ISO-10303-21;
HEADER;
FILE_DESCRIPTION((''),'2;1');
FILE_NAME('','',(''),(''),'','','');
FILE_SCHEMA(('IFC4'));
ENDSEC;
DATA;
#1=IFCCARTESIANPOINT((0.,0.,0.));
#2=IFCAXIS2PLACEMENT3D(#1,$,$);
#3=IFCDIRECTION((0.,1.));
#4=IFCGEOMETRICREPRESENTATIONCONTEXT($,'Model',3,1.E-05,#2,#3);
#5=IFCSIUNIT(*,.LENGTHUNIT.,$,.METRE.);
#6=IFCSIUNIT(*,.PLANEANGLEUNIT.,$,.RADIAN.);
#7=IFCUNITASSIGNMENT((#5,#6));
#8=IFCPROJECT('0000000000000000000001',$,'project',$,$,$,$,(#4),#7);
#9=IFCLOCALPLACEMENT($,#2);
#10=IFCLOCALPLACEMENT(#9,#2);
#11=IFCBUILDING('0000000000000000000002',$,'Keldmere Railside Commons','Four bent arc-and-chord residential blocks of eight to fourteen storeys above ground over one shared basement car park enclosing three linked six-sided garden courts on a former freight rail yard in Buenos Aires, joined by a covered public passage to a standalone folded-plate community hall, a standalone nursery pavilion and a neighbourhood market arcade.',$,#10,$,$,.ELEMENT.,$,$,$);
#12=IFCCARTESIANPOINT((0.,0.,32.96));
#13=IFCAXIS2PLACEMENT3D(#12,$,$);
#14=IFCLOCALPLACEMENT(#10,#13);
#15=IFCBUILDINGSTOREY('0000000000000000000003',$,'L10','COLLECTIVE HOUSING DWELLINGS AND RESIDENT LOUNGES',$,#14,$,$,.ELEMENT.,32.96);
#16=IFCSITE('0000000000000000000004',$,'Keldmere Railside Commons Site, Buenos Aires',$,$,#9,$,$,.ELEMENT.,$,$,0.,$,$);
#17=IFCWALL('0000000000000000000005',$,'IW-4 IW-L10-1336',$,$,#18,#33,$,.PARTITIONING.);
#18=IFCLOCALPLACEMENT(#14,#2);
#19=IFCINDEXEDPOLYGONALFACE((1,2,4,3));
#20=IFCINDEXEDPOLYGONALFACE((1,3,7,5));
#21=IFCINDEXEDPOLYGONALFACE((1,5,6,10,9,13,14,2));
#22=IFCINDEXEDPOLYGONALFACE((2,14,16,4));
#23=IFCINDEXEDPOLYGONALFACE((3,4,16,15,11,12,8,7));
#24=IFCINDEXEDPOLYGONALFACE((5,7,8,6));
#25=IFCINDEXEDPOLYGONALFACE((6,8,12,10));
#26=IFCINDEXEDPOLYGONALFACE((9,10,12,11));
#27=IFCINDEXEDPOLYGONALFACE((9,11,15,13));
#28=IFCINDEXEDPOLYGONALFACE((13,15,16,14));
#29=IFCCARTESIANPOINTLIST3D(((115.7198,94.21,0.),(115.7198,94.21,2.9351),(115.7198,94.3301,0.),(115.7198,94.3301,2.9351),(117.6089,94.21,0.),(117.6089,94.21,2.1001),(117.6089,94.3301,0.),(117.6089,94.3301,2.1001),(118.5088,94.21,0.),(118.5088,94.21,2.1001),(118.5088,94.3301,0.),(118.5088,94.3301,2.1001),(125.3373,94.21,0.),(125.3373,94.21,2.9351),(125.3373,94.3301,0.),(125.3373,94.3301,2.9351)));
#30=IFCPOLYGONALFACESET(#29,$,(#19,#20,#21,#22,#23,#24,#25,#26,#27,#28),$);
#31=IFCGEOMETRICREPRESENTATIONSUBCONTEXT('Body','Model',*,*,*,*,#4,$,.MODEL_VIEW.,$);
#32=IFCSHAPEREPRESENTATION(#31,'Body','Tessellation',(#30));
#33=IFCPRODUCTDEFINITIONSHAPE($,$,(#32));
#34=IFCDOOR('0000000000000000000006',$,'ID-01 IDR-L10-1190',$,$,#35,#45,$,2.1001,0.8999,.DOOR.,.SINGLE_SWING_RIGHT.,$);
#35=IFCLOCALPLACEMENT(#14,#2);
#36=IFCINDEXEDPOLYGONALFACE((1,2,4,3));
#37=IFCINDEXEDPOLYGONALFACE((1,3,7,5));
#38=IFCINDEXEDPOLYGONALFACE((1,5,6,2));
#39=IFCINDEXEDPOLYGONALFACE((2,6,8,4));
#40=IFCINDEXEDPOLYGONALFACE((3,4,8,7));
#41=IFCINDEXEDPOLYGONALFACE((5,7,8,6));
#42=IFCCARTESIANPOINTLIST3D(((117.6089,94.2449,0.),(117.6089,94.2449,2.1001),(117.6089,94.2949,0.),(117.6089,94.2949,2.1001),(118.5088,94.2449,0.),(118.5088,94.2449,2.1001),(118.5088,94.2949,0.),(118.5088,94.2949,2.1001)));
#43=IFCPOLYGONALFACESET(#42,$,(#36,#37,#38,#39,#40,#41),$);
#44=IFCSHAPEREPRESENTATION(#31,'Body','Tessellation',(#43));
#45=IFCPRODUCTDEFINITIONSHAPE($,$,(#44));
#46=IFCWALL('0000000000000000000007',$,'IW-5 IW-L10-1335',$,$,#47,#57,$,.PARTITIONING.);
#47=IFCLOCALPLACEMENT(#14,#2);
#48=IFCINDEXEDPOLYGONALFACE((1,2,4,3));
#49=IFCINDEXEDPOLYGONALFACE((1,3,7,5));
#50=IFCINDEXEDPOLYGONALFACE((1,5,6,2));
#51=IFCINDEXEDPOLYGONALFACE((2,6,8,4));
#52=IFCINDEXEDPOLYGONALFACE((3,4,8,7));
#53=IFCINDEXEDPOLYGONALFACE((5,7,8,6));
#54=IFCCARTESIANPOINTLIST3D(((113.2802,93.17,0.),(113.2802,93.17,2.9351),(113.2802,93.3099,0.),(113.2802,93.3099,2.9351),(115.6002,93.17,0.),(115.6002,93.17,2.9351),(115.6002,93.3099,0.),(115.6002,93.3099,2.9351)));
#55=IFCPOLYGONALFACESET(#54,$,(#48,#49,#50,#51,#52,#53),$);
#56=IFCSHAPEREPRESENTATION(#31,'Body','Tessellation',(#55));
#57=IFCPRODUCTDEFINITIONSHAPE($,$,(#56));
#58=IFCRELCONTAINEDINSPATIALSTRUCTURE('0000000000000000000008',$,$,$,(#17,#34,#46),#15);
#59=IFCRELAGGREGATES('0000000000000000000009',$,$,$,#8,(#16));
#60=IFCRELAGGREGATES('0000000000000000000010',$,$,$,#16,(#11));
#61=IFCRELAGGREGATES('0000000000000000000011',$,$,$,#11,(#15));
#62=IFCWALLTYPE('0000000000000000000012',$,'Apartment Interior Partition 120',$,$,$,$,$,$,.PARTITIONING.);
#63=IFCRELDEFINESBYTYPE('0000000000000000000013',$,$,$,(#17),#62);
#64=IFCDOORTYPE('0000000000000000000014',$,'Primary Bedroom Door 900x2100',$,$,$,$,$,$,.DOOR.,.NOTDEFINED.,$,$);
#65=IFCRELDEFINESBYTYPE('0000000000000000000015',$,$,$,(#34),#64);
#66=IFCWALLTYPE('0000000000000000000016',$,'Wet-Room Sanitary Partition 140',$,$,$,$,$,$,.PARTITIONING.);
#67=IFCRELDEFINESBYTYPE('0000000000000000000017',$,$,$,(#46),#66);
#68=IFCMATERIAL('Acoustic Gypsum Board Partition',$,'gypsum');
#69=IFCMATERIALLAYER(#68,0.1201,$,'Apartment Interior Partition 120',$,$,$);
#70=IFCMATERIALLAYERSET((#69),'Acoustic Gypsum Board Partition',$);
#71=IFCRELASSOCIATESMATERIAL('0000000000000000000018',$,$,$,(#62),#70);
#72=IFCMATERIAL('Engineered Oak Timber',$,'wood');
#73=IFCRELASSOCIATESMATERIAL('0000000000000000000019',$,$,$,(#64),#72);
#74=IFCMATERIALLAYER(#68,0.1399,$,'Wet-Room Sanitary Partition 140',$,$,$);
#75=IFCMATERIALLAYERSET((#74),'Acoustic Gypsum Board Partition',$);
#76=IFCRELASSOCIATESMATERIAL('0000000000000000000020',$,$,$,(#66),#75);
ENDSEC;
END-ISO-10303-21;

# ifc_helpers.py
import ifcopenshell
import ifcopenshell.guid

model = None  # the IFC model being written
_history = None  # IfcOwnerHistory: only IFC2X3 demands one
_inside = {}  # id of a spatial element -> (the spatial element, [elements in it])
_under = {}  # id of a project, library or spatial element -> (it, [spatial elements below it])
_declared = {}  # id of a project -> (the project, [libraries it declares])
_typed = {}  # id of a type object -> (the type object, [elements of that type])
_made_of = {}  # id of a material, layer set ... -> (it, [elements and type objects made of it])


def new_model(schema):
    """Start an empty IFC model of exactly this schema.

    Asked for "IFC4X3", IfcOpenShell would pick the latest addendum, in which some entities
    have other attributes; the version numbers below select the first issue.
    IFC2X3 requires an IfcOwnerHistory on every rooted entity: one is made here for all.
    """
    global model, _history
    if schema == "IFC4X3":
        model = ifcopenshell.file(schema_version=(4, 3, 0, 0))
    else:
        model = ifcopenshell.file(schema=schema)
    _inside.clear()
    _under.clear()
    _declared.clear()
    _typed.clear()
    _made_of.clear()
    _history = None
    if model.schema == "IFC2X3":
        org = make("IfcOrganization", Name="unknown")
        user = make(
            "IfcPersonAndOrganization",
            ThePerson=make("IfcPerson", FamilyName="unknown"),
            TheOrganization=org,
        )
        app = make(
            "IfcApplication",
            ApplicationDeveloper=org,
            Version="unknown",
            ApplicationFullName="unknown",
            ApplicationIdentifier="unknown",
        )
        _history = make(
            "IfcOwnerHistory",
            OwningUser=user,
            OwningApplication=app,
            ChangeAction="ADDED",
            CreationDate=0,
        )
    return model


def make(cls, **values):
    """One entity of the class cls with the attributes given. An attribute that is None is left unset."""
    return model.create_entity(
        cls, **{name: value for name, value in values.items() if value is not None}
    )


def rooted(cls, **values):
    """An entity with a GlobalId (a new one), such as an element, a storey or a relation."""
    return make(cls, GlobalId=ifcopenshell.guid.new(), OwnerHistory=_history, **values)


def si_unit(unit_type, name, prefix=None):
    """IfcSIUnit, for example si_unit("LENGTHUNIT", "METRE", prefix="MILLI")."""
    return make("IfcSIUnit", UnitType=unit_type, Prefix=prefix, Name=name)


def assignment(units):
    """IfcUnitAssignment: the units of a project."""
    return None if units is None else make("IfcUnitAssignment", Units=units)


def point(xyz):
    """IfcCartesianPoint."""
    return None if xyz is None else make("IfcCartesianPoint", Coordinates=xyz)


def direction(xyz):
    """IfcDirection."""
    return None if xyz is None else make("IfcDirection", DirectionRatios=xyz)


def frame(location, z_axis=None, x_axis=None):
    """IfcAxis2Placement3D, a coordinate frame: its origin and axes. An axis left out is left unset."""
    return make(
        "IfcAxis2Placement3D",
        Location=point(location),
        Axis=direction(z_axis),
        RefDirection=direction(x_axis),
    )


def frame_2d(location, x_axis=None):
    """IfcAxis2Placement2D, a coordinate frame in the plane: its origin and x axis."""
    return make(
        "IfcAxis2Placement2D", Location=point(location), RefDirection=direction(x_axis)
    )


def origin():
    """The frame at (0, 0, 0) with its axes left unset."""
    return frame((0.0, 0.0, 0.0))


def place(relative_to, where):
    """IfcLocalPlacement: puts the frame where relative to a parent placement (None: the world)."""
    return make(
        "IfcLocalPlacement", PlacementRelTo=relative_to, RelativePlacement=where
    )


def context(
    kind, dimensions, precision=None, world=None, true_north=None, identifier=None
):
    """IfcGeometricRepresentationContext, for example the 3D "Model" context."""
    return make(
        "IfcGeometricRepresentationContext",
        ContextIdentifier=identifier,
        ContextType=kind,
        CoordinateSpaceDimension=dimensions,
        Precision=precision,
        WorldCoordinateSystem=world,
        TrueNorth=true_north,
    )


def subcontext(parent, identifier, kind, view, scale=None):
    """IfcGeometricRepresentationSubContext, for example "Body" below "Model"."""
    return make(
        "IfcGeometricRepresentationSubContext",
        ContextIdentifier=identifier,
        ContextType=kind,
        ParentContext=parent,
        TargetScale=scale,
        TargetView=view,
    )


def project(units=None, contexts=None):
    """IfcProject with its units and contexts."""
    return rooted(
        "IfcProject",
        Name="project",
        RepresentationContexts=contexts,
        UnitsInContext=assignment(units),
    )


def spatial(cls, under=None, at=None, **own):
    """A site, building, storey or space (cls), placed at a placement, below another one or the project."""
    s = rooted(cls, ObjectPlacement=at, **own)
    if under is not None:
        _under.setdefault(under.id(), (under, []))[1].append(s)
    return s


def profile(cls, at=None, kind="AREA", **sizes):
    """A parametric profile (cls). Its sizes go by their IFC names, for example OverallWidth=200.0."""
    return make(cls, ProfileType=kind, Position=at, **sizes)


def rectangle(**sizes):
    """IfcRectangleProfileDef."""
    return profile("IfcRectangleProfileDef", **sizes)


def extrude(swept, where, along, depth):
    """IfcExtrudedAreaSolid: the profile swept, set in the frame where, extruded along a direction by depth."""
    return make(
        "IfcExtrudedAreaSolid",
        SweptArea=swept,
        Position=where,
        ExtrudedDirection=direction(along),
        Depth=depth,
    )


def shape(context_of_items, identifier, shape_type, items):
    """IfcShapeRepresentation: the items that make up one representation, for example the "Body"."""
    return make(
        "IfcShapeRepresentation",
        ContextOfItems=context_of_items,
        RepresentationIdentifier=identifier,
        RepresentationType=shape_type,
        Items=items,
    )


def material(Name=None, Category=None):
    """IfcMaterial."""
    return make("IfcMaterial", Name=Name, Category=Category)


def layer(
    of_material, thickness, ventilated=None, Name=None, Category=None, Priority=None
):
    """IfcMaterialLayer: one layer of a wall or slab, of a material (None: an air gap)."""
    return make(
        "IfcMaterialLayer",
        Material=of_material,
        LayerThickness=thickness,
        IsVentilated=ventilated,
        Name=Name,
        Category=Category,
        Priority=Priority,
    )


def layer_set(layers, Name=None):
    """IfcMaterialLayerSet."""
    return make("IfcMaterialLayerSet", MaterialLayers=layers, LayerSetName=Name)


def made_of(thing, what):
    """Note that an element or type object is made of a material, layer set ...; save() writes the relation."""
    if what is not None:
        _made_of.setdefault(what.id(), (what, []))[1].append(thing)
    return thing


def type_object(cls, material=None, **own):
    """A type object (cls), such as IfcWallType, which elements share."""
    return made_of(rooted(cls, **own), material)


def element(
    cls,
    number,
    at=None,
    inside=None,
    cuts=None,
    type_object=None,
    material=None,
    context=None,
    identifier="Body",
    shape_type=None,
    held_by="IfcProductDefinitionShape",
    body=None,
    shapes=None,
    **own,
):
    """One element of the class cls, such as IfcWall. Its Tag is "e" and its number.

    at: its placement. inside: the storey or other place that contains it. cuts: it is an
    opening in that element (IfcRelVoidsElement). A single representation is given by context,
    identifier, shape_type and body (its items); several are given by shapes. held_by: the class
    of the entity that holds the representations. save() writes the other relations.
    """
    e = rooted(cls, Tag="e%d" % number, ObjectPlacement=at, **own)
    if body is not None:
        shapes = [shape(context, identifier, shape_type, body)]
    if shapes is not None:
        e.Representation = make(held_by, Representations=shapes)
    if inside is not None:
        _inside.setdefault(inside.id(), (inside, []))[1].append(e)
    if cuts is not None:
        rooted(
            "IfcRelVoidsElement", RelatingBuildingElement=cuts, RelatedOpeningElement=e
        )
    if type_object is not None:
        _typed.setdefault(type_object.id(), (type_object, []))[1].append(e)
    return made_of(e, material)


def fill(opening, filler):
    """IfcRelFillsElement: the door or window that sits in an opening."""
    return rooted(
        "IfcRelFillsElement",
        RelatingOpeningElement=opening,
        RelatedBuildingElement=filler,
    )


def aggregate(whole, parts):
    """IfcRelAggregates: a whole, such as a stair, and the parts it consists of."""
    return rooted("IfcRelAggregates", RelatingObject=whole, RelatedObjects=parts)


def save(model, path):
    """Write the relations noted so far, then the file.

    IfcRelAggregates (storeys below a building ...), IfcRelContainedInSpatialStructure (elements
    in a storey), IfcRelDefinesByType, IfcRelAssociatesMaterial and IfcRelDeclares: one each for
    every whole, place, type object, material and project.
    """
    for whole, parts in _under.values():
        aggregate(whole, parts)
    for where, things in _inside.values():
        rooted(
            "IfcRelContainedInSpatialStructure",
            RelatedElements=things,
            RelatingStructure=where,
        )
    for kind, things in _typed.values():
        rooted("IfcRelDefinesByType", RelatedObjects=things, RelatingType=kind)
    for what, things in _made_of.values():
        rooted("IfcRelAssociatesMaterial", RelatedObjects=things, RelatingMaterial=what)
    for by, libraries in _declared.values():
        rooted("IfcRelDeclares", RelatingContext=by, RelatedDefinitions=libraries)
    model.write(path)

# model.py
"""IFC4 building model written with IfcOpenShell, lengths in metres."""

from ifc_helpers import new_model, si_unit, direction, frame, frame_2d, origin, place, context, subcontext, project, spatial, rectangle, extrude, material, layer, layer_set, type_object, element, fill, save


model = new_model("IFC4")

# Units and contexts
model_context = context("Model", 3, precision=1e-05, world=origin(), true_north=direction((0.0, 1.0)))
body_context = subcontext(model_context, "Body", "Model", "MODEL_VIEW")
ifc_project = project(units=[si_unit("LENGTHUNIT", "METRE"), si_unit("PLANEANGLEUNIT", "RADIAN")], contexts=[model_context])

# Site, building, storey
site_placement = place(None, origin())
site = spatial("IfcSite", under=ifc_project, at=site_placement, Name="Keldmere Railside Commons Site, Buenos Aires", CompositionType="ELEMENT", RefElevation=0.0)
building_placement = place(site_placement, origin())
building = spatial("IfcBuilding", under=site, at=building_placement, Name="Keldmere Railside Commons", Description="Four bent arc-and-chord residential blocks of eight to fourteen storeys above ground over one shared basement car park enclosing three linked six-sided garden courts on a former freight rail yard in Buenos Aires, joined by a covered public passage to a standalone folded-plate community hall, a standalone nursery pavilion and a neighbourhood market arcade.", CompositionType="ELEMENT")
storey_placement = place(building_placement, frame((0.0, 0.0, 32.96)))
storey = spatial("IfcBuildingStorey", under=building, at=storey_placement, Name="L10", Description="COLLECTIVE HOUSING DWELLINGS AND RESIDENT LOUNGES", CompositionType="ELEMENT", Elevation=32.96)

# Wall, opening, door
ifc_material_1 = material(Name="Acoustic Gypsum Board Partition", Category="gypsum")
ifc_layer_1 = layer(ifc_material_1, 0.1201, Name="Apartment Interior Partition 120")
ifc_layer_set_1 = layer_set([ifc_layer_1], Name="Acoustic Gypsum Board Partition")
wall_type_1 = type_object("IfcWallType", Name="Apartment Interior Partition 120", PredefinedType="PARTITIONING", material=ifc_layer_set_1)
wall_1_placement = place(storey_placement, frame((115.72, 94.27, 0.0), z_axis=(0.0, 0.0, 1.0), x_axis=(1.0, 0.0, 0.0)))
wall_1 = element("IfcWall", 1, at=wall_1_placement, inside=storey, type_object=wall_type_1, Name="IW-4 IW-L10-1336", PredefinedType="PARTITIONING", context=body_context, shape_type="SweptSolid", body=[
    extrude(rectangle(XDim=9.6174, YDim=0.1201, at=frame_2d((4.8086, 0.0))), origin(), (0.0, 0.0, 1.0), 2.9351),
])
opening_placement = place(wall_1_placement, frame((1.8889, 0.0, 0.0)))
opening = element("IfcOpeningElement", 2, at=opening_placement, cuts=wall_1, PredefinedType="OPENING", context=body_context, shape_type="SweptSolid", body=[
    extrude(rectangle(XDim=0.8999, YDim=2.1001, at=frame_2d((0.45, 1.05))), frame((0.0, 0.0701, 0.0), z_axis=(0.0, -1.0, 0.0), x_axis=(1.0, 0.0, 0.0)), (0.0, 0.0, 1.0), 0.1401),
])
ifc_material_2 = material(Name="Engineered Oak Timber", Category="wood")
door_type = type_object("IfcDoorType", Name="Primary Bedroom Door 900x2100", OperationType="NOTDEFINED", PredefinedType="DOOR", material=ifc_material_2)
door_placement = place(opening_placement, origin())
door = element("IfcDoor", 3, at=door_placement, inside=storey, type_object=door_type, Name="ID-01 IDR-L10-1190", OperationType="SINGLE_SWING_RIGHT", OverallHeight=2.1001, OverallWidth=0.8999, PredefinedType="DOOR", context=body_context, shape_type="SweptSolid", body=[
    extrude(rectangle(XDim=0.8999, YDim=2.1001, at=frame_2d((0.45, 1.05))), frame((0.0, 0.0249, 0.0), z_axis=(0.0, -1.0, 0.0), x_axis=(1.0, 0.0, 0.0)), (0.0, 0.0, 1.0), 0.05),
])
fill(opening, door)

# Wall
ifc_layer_2 = layer(ifc_material_1, 0.1399, Name="Wet-Room Sanitary Partition 140")
ifc_layer_set_2 = layer_set([ifc_layer_2], Name="Acoustic Gypsum Board Partition")
wall_type_2 = type_object("IfcWallType", Name="Wet-Room Sanitary Partition 140", PredefinedType="PARTITIONING", material=ifc_layer_set_2)
wall_2_placement = place(storey_placement, frame((113.28, 93.24, 0.0), z_axis=(0.0, 0.0, 1.0), x_axis=(1.0, 0.0, 0.0)))
element("IfcWall", 4, at=wall_2_placement, inside=storey, type_object=wall_type_2, Name="IW-5 IW-L10-1335", PredefinedType="PARTITIONING", context=body_context, shape_type="SweptSolid", body=[
    extrude(rectangle(XDim=2.3201, YDim=0.1399, at=frame_2d((1.1602, 0.0))), origin(), (0.0, 0.0, 1.0), 2.9351),
])

save(model, "model.ifc")
